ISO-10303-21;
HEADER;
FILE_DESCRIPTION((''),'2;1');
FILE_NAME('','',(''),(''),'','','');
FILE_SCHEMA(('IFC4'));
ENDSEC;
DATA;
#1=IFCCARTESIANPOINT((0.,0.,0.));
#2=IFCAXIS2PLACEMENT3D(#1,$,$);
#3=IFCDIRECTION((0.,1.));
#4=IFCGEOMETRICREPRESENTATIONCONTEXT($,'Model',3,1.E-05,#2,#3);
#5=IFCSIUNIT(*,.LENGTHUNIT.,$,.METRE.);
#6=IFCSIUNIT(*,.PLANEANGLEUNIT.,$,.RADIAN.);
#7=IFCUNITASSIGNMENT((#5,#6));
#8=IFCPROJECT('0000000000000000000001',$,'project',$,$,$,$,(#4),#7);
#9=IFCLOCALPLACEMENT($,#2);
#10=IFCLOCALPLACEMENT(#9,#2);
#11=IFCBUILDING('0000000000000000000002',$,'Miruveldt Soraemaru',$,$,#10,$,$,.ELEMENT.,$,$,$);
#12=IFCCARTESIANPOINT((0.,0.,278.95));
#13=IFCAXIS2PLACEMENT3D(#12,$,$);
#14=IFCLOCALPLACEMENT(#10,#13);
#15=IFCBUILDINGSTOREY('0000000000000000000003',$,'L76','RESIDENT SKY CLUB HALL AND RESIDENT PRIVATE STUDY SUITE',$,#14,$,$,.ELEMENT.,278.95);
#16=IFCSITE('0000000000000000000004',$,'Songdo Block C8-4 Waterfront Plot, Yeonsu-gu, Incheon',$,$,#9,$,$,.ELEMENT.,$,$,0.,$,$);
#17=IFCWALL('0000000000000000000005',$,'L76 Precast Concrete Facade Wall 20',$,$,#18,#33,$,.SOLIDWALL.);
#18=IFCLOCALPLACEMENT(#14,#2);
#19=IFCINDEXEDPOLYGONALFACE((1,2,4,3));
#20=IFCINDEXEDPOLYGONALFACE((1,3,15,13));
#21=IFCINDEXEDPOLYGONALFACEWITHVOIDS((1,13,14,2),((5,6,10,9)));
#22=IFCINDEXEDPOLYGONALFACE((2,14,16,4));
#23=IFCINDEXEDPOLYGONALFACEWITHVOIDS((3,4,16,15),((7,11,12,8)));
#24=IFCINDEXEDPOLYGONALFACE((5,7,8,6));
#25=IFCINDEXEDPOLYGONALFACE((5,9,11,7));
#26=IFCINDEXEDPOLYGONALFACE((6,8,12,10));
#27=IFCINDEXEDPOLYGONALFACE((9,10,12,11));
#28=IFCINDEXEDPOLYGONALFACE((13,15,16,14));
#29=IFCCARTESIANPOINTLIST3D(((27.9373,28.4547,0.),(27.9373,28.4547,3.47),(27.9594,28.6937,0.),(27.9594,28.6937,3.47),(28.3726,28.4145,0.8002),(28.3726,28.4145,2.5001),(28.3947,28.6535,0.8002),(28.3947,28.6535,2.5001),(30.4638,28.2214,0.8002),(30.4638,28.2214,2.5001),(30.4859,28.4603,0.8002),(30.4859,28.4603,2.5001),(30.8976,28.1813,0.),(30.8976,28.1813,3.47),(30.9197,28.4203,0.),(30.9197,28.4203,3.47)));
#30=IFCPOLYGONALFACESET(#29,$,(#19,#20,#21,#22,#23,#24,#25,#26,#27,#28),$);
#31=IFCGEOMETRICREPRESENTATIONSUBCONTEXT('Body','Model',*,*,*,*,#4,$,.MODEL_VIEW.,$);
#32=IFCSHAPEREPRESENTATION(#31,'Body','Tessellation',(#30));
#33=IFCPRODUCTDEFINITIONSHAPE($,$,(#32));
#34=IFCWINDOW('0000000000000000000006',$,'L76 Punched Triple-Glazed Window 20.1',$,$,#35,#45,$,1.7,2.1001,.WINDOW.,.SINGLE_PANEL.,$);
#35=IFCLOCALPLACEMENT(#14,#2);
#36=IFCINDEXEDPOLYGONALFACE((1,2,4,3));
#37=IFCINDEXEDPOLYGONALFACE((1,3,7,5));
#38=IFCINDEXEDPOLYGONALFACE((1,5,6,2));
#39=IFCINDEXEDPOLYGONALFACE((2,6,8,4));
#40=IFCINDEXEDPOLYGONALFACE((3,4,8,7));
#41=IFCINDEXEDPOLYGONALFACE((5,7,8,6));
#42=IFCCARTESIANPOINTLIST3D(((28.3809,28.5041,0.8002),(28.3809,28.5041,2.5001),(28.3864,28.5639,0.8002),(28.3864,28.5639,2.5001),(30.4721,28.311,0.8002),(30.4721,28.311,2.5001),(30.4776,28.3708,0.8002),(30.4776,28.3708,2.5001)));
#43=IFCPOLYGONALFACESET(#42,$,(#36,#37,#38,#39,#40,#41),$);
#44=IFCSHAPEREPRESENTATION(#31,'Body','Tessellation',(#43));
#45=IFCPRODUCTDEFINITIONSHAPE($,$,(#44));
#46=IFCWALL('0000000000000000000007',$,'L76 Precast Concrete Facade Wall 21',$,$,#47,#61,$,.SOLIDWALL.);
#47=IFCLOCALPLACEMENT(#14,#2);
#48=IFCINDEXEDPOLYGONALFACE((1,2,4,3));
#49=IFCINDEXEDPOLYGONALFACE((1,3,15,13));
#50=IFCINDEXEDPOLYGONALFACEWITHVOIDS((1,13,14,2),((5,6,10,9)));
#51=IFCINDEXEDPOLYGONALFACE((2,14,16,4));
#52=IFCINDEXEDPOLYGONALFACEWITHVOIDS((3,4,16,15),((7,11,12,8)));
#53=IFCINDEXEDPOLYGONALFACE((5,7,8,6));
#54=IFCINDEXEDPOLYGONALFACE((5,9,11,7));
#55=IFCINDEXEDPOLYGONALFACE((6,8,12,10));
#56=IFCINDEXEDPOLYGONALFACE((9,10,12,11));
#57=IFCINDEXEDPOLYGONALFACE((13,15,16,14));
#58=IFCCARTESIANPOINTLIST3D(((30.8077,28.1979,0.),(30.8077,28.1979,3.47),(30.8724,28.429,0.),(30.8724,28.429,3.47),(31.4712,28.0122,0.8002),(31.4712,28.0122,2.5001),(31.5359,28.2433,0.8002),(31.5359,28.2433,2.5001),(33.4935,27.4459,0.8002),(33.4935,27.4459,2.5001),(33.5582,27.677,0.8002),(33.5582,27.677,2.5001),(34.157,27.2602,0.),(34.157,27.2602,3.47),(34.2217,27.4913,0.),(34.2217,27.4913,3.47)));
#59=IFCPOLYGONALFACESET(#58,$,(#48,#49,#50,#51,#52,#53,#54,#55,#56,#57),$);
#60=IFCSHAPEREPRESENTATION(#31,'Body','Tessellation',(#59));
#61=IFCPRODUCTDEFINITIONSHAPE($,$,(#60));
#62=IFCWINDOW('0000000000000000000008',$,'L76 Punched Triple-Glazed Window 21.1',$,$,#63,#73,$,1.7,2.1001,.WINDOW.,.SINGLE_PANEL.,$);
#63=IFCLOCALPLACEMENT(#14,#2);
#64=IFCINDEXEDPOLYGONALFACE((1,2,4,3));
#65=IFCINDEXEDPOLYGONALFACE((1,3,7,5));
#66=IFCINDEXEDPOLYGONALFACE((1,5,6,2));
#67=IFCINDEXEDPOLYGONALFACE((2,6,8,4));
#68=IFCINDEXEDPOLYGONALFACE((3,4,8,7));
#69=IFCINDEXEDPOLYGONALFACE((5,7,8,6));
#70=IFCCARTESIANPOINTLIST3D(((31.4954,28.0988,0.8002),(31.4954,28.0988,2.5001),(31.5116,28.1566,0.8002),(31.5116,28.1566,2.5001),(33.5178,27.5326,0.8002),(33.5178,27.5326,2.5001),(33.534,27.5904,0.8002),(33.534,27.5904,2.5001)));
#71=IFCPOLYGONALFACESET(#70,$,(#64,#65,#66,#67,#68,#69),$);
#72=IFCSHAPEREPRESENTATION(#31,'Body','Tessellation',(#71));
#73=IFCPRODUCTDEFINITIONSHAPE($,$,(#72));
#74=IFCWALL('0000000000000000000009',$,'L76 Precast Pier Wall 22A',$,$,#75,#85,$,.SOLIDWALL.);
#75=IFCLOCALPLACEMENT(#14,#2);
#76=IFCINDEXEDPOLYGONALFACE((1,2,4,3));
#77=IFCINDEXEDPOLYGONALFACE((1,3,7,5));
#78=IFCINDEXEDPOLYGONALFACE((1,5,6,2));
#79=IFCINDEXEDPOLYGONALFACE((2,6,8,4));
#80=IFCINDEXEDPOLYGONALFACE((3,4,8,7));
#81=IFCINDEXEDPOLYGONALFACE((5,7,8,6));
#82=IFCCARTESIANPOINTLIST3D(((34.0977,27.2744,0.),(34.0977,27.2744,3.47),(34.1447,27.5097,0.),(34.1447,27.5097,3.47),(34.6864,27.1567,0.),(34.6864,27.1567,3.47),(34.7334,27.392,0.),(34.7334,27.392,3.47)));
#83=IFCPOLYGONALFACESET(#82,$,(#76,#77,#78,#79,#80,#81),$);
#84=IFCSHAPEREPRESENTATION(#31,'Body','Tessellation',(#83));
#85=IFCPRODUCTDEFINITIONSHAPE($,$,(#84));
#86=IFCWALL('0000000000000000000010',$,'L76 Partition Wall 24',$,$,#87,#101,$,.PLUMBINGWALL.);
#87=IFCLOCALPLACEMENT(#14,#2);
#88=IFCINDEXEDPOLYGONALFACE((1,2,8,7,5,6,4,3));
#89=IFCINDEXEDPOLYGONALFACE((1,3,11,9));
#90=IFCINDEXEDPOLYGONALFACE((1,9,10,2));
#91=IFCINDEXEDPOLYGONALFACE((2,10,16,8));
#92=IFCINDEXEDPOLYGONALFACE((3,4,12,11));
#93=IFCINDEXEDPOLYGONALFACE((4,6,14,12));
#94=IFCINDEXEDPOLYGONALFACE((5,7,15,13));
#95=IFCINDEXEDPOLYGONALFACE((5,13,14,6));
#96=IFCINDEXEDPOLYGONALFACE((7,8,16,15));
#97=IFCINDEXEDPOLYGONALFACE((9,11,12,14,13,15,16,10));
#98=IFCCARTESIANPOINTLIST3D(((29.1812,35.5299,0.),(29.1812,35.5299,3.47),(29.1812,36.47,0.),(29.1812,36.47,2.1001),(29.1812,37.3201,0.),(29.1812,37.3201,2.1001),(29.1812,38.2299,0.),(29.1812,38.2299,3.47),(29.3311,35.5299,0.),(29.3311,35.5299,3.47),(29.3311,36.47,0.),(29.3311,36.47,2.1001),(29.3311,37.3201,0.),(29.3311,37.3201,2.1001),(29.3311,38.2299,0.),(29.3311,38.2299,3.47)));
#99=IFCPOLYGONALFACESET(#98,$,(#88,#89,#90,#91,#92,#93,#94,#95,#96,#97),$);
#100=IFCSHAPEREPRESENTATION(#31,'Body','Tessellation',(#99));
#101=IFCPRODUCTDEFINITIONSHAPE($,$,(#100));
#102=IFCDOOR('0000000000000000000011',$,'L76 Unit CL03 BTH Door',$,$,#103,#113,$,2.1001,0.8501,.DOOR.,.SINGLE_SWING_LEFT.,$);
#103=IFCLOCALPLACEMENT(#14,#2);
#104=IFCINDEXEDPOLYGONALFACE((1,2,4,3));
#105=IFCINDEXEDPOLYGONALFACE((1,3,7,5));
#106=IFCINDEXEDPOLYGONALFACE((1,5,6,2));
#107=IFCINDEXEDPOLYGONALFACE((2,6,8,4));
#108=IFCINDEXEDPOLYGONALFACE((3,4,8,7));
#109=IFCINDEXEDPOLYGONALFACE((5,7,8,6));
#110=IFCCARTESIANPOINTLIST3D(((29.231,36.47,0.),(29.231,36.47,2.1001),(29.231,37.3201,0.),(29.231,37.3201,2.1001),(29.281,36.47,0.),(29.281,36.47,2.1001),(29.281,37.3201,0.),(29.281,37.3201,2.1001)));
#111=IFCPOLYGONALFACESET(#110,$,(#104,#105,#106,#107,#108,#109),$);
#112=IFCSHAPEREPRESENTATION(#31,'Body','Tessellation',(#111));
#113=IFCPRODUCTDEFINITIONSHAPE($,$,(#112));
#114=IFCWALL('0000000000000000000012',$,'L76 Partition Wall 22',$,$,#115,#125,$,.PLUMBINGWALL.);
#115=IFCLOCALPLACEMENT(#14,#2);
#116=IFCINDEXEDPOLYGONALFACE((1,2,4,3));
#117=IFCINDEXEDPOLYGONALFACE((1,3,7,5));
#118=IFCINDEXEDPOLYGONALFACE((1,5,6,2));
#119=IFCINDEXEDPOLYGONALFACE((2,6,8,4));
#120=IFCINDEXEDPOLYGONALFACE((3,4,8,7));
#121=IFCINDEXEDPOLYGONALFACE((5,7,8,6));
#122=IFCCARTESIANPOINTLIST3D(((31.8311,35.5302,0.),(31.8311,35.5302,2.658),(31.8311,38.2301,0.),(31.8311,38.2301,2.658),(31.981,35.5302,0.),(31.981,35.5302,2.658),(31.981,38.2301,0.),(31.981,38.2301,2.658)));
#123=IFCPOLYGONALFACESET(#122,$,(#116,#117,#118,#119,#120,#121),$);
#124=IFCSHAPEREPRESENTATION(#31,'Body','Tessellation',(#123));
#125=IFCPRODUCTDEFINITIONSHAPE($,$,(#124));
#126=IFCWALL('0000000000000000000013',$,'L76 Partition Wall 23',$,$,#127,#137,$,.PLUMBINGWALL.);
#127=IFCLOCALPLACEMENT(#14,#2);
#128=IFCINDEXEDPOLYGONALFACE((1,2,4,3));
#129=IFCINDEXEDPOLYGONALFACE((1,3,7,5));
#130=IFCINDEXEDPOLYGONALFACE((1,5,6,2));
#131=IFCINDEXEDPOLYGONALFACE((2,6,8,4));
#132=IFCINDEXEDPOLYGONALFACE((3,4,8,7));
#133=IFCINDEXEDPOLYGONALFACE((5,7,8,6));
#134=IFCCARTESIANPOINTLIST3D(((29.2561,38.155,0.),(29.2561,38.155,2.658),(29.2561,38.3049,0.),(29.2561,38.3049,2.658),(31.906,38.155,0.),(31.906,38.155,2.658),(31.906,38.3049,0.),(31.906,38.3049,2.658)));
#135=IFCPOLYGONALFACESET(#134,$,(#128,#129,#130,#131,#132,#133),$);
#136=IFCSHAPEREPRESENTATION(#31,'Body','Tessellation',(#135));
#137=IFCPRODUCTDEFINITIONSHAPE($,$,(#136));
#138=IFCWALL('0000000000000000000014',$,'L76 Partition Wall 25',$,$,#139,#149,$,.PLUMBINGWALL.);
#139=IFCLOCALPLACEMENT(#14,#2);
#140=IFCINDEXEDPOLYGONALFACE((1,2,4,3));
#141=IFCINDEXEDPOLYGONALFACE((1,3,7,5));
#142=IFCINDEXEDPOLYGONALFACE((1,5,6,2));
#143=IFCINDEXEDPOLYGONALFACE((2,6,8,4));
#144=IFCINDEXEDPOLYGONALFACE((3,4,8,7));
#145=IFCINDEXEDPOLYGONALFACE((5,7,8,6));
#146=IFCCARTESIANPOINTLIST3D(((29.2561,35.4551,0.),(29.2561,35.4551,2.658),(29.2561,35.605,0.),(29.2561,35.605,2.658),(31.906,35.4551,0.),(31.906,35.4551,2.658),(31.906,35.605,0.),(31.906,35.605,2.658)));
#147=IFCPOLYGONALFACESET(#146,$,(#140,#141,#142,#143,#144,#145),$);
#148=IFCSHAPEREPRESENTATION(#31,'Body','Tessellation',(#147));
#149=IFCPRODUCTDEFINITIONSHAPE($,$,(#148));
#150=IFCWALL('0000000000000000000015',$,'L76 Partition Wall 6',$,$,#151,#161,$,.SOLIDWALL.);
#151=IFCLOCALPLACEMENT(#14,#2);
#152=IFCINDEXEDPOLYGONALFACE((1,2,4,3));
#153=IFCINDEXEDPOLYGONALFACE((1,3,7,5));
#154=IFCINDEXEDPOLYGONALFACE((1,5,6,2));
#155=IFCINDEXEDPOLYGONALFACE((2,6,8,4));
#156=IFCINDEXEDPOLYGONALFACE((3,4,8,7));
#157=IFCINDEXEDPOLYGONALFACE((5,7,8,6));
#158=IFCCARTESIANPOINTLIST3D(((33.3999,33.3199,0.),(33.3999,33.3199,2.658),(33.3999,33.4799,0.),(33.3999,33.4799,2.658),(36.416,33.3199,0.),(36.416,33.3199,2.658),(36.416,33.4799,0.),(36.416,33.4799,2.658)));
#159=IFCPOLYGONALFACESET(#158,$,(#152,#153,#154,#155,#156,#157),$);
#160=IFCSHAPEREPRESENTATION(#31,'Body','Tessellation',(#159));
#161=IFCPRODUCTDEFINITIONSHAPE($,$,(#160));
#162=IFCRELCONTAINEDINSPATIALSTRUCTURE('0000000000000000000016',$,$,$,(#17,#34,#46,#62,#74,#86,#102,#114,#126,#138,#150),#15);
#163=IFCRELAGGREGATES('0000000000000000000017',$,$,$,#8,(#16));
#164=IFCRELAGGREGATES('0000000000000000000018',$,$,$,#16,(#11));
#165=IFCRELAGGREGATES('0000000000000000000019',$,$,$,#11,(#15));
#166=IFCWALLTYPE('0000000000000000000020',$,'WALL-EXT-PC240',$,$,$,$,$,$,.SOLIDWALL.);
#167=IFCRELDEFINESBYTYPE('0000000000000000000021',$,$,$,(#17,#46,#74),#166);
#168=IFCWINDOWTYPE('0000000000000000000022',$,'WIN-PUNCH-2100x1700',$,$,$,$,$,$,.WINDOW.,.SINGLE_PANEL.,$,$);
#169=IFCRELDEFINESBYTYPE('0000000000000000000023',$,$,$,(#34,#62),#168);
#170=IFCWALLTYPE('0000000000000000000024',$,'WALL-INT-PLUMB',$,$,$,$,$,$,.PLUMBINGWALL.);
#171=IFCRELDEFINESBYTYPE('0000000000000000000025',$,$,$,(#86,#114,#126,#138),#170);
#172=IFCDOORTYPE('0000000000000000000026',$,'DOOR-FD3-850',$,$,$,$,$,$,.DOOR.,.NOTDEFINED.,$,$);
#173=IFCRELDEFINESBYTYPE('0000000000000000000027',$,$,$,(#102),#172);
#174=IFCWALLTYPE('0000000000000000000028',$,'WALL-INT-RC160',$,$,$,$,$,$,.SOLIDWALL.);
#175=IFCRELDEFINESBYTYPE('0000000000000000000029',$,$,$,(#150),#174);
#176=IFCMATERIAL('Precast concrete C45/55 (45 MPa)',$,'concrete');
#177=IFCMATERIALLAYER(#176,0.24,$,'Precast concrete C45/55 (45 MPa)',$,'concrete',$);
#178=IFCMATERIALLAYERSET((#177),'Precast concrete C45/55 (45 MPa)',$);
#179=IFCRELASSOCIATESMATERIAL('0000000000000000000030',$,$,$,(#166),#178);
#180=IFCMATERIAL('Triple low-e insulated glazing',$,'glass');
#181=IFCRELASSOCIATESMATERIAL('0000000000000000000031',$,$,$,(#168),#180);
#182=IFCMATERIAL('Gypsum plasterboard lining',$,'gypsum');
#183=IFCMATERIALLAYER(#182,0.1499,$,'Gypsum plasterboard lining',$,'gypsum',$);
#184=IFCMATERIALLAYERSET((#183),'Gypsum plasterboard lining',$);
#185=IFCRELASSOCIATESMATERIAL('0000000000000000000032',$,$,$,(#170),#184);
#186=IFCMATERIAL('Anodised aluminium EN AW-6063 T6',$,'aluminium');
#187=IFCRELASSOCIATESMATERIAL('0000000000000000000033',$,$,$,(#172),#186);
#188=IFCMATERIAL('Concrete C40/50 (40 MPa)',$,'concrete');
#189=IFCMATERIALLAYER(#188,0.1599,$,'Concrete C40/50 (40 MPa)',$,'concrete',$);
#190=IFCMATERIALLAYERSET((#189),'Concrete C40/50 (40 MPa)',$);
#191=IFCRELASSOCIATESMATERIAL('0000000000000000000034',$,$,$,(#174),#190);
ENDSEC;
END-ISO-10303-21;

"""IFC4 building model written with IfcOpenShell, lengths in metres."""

from ifc_helpers import new_model, si_unit, direction, frame, frame_2d, origin, place, context, subcontext, project, spatial, rectangle, extrude, material, layer, layer_set, type_object, element, fill, save


model = new_model("IFC4")

# Units and contexts
model_context = context("Model", 3, precision=1e-05, world=origin(), true_north=direction((0.0, 1.0)))
body_context = subcontext(model_context, "Body", "Model", "MODEL_VIEW")
ifc_project = project(units=[si_unit("LENGTHUNIT", "METRE"), si_unit("PLANEANGLEUNIT", "RADIAN")], contexts=[model_context])

# Site, building, storey
site_placement = place(None, origin())
site = spatial("IfcSite", under=ifc_project, at=site_placement, Name="Songdo Block C8-4 Waterfront Plot, Yeonsu-gu, Incheon", CompositionType="ELEMENT", RefElevation=0.0)
building_placement = place(site_placement, origin())
building = spatial("IfcBuilding", under=site, at=building_placement, Name="Miruveldt Soraemaru", CompositionType="ELEMENT")
storey_placement = place(building_placement, frame((0.0, 0.0, 278.95)))
storey = spatial("IfcBuildingStorey", under=building, at=storey_placement, Name="L76", Description="RESIDENT SKY CLUB HALL AND RESIDENT PRIVATE STUDY SUITE", CompositionType="ELEMENT", Elevation=278.95)

# Shared definitions
ifc_material_1 = material(Name="Concrete C40/50 (40 MPa)", Category="concrete")

# Walls, openings, windows
ifc_material_2 = material(Name="Triple low-e insulated glazing", Category="glass")
ifc_material_3 = material(Name="Precast concrete C45/55 (45 MPa)", Category="concrete")
ifc_layer_1 = layer(ifc_material_3, 0.24, Name="Precast concrete C45/55 (45 MPa)", Category="concrete")
ifc_layer_set_1 = layer_set([ifc_layer_1], Name="Precast concrete C45/55 (45 MPa)")
wall_type_1 = type_object("IfcWallType", Name="WALL-EXT-PC240", PredefinedType="SOLIDWALL", material=ifc_layer_set_1)
window_type_1 = type_object("IfcWindowType", Name="WIN-PUNCH-2100x1700", PartitioningType="SINGLE_PANEL", PredefinedType="WINDOW", material=ifc_material_2)
wall_1_placement = place(storey_placement, frame((27.9485, 28.5742, 0.0), z_axis=(0.0, 0.0, 1.0), x_axis=(0.995761, -0.09198, 0.0)))
wall_1 = element("IfcWall", 1, at=wall_1_placement, inside=storey, type_object=wall_type_1, Name="L76 Precast Concrete Facade Wall 20", PredefinedType="SOLIDWALL", context=body_context, shape_type="SweptSolid", body=[
    extrude(rectangle(XDim=2.9729, YDim=0.24, at=frame_2d((1.4863, 0.0))), origin(), (0.0, 0.0, 1.0), 3.47),
])
opening_1_placement = place(wall_1_placement, frame((0.437, 0.0, 0.8)))
opening_1 = element("IfcOpeningElement", 2, at=opening_1_placement, cuts=wall_1, PredefinedType="OPENING", context=body_context, shape_type="SweptSolid", body=[
    extrude(rectangle(XDim=2.1001, YDim=1.7, at=frame_2d((1.05, 0.8501))), frame((0.0, 0.1299, 0.0), z_axis=(0.0, -1.0, 0.0), x_axis=(1.0, 0.0, 0.0)), (0.0, 0.0, 1.0), 0.26),
])
window_1_placement = place(opening_1_placement, origin())
window_1 = element("IfcWindow", 3, at=window_1_placement, inside=storey, type_object=window_type_1, Name="L76 Punched Triple-Glazed Window 20.1", OverallHeight=1.7, OverallWidth=2.1001, PartitioningType="SINGLE_PANEL", PredefinedType="WINDOW", context=body_context, shape_type="SweptSolid", body=[
    extrude(rectangle(XDim=2.1001, YDim=1.7, at=frame_2d((1.05, 0.8501))), frame((0.0, 0.03, 0.0), z_axis=(0.0, -1.0, 0.0), x_axis=(1.0, 0.0, 0.0)), (0.0, 0.0, 1.0), 0.0601),
])
fill(opening_1, window_1)
wall_2_placement = place(storey_placement, frame((30.8401, 28.3135, 0.0), z_axis=(0.0, 0.0, 1.0), x_axis=(0.962965, -0.269627, 0.0)))
wall_2 = element("IfcWall", 4, at=wall_2_placement, inside=storey, type_object=wall_type_1, Name="L76 Precast Concrete Facade Wall 21", PredefinedType="SOLIDWALL", context=body_context, shape_type="SweptSolid", body=[
    extrude(rectangle(XDim=3.478, YDim=0.24, at=frame_2d((1.739, 0.0))), origin(), (0.0, 0.0, 1.0), 3.47),
])
opening_2_placement = place(wall_2_placement, frame((0.689, 0.0, 0.8)))
opening_2 = element("IfcOpeningElement", 5, at=opening_2_placement, cuts=wall_2, PredefinedType="OPENING", context=body_context, shape_type="SweptSolid", body=[
    extrude(rectangle(XDim=2.1001, YDim=1.7, at=frame_2d((1.05, 0.8501))), frame((0.0, 0.1299, 0.0), z_axis=(0.0, -1.0, 0.0), x_axis=(1.0, 0.0, 0.0)), (0.0, 0.0, 1.0), 0.26),
])
window_2_placement = place(opening_2_placement, origin())
window_2 = element("IfcWindow", 6, at=window_2_placement, inside=storey, type_object=window_type_1, Name="L76 Punched Triple-Glazed Window 21.1", OverallHeight=1.7, OverallWidth=2.1001, PartitioningType="SINGLE_PANEL", PredefinedType="WINDOW", context=body_context, shape_type="SweptSolid", body=[
    extrude(rectangle(XDim=2.1001, YDim=1.7, at=frame_2d((1.05, 0.8501))), frame((0.0, 0.03, 0.0), z_axis=(0.0, -1.0, 0.0), x_axis=(1.0, 0.0, 0.0)), (0.0, 0.0, 1.0), 0.0601),
])
fill(opening_2, window_2)

# Wall
wall_3_placement = place(storey_placement, frame((34.1211, 27.3921, 0.0), z_axis=(0.0, 0.0, 1.0), x_axis=(0.980596, -0.196038, 0.0)))
element("IfcWall", 7, at=wall_3_placement, inside=storey, type_object=wall_type_1, Name="L76 Precast Pier Wall 22A", PredefinedType="SOLIDWALL", context=body_context, shape_type="SweptSolid", body=[
    extrude(rectangle(XDim=0.6003, YDim=0.24, at=frame_2d((0.3003, 0.0))), origin(), (0.0, 0.0, 1.0), 3.47),
])

# Wall, opening, door
ifc_material_4 = material(Name="Gypsum plasterboard lining", Category="gypsum")
ifc_layer_2 = layer(ifc_material_4, 0.1499, Name="Gypsum plasterboard lining", Category="gypsum")
ifc_layer_set_2 = layer_set([ifc_layer_2], Name="Gypsum plasterboard lining")
wall_type_2 = type_object("IfcWallType", Name="WALL-INT-PLUMB", PredefinedType="PLUMBINGWALL", material=ifc_layer_set_2)
wall_4_placement = place(storey_placement, frame((29.2561, 38.23, 0.0), z_axis=(0.0, 0.0, 1.0), x_axis=(0.0, -1.0, 0.0)))
wall_4 = element("IfcWall", 8, at=wall_4_placement, inside=storey, type_object=wall_type_2, Name="L76 Partition Wall 24", PredefinedType="PLUMBINGWALL", context=body_context, shape_type="SweptSolid", body=[
    extrude(rectangle(XDim=2.7, YDim=0.1499, at=frame_2d((1.3501, 0.0))), origin(), (0.0, 0.0, 1.0), 3.47),
])
opening_3_placement = place(wall_4_placement, frame((0.9099, 0.0, 0.0)))
opening_3 = element("IfcOpeningElement", 9, at=opening_3_placement, cuts=wall_4, PredefinedType="OPENING", context=body_context, shape_type="SweptSolid", body=[
    extrude(rectangle(XDim=0.8501, YDim=2.1001, at=frame_2d((0.425, 1.05))), frame((0.0, 0.085, 0.0), z_axis=(0.0, -1.0, 0.0), x_axis=(1.0, 0.0, 0.0)), (0.0, 0.0, 1.0), 0.1699),
])
ifc_material_5 = material(Name="Anodised aluminium EN AW-6063 T6", Category="aluminium")
door_type = type_object("IfcDoorType", Name="DOOR-FD3-850", OperationType="NOTDEFINED", PredefinedType="DOOR", material=ifc_material_5)
door_placement = place(opening_3_placement, origin())
door = element("IfcDoor", 10, at=door_placement, inside=storey, type_object=door_type, Name="L76 Unit CL03 BTH Door", OperationType="SINGLE_SWING_LEFT", OverallHeight=2.1001, OverallWidth=0.8501, PredefinedType="DOOR", context=body_context, shape_type="SweptSolid", body=[
    extrude(rectangle(XDim=0.8501, YDim=2.1001, at=frame_2d((0.425, 1.05))), frame((0.0, 0.0249, 0.0), z_axis=(0.0, -1.0, 0.0), x_axis=(1.0, 0.0, 0.0)), (0.0, 0.0, 1.0), 0.05),
])
fill(opening_3, door)

# Walls
wall_5_placement = place(storey_placement, frame((31.906, 35.53, 0.0), z_axis=(0.0, 0.0, 1.0), x_axis=(0.0, 1.0, 0.0)))
element("IfcWall", 11, at=wall_5_placement, inside=storey, type_object=wall_type_2, Name="L76 Partition Wall 22", PredefinedType="PLUMBINGWALL", context=body_context, shape_type="SweptSolid", body=[
    extrude(rectangle(XDim=2.7, YDim=0.1499, at=frame_2d((1.3501, 0.0))), origin(), (0.0, 0.0, 1.0), 2.658),
])
for number, where, z_axis, x_axis, name in (
    (12, (31.906, 38.23, 0.0), (0.0, 0.0, 1.0), (-1.0, 0.0, 0.0), "L76 Partition Wall 23"),
    (13, (29.2561, 35.53, 0.0), (0.0, 0.0, 1.0), (1.0, 0.0, 0.0), "L76 Partition Wall 25"),
):
    element("IfcWall", number, at=place(storey_placement, frame(where, z_axis=z_axis, x_axis=x_axis)), inside=storey, type_object=wall_type_2, Name=name, PredefinedType="PLUMBINGWALL", context=body_context, shape_type="SweptSolid", body=[
        extrude(rectangle(XDim=2.6499, YDim=0.1499, at=frame_2d((1.325, 0.0))), origin(), (0.0, 0.0, 1.0), 2.658),
    ])
ifc_layer_3 = layer(ifc_material_1, 0.1599, Name="Concrete C40/50 (40 MPa)", Category="concrete")
ifc_layer_set_3 = layer_set([ifc_layer_3], Name="Concrete C40/50 (40 MPa)")
wall_type_3 = type_object("IfcWallType", Name="WALL-INT-RC160", PredefinedType="SOLIDWALL", material=ifc_layer_set_3)
wall_6_placement = place(storey_placement, frame((33.3999, 33.3999, 0.0), z_axis=(0.0, 0.0, 1.0), x_axis=(1.0, 0.0, 0.0)))
element("IfcWall", 14, at=wall_6_placement, inside=storey, type_object=wall_type_3, Name="L76 Partition Wall 6", PredefinedType="SOLIDWALL", context=body_context, shape_type="SweptSolid", body=[
    extrude(rectangle(XDim=3.0161, YDim=0.1599, at=frame_2d((1.5081, 0.0))), origin(), (0.0, 0.0, 1.0), 2.658),
])

save(model, "model.ifc")
